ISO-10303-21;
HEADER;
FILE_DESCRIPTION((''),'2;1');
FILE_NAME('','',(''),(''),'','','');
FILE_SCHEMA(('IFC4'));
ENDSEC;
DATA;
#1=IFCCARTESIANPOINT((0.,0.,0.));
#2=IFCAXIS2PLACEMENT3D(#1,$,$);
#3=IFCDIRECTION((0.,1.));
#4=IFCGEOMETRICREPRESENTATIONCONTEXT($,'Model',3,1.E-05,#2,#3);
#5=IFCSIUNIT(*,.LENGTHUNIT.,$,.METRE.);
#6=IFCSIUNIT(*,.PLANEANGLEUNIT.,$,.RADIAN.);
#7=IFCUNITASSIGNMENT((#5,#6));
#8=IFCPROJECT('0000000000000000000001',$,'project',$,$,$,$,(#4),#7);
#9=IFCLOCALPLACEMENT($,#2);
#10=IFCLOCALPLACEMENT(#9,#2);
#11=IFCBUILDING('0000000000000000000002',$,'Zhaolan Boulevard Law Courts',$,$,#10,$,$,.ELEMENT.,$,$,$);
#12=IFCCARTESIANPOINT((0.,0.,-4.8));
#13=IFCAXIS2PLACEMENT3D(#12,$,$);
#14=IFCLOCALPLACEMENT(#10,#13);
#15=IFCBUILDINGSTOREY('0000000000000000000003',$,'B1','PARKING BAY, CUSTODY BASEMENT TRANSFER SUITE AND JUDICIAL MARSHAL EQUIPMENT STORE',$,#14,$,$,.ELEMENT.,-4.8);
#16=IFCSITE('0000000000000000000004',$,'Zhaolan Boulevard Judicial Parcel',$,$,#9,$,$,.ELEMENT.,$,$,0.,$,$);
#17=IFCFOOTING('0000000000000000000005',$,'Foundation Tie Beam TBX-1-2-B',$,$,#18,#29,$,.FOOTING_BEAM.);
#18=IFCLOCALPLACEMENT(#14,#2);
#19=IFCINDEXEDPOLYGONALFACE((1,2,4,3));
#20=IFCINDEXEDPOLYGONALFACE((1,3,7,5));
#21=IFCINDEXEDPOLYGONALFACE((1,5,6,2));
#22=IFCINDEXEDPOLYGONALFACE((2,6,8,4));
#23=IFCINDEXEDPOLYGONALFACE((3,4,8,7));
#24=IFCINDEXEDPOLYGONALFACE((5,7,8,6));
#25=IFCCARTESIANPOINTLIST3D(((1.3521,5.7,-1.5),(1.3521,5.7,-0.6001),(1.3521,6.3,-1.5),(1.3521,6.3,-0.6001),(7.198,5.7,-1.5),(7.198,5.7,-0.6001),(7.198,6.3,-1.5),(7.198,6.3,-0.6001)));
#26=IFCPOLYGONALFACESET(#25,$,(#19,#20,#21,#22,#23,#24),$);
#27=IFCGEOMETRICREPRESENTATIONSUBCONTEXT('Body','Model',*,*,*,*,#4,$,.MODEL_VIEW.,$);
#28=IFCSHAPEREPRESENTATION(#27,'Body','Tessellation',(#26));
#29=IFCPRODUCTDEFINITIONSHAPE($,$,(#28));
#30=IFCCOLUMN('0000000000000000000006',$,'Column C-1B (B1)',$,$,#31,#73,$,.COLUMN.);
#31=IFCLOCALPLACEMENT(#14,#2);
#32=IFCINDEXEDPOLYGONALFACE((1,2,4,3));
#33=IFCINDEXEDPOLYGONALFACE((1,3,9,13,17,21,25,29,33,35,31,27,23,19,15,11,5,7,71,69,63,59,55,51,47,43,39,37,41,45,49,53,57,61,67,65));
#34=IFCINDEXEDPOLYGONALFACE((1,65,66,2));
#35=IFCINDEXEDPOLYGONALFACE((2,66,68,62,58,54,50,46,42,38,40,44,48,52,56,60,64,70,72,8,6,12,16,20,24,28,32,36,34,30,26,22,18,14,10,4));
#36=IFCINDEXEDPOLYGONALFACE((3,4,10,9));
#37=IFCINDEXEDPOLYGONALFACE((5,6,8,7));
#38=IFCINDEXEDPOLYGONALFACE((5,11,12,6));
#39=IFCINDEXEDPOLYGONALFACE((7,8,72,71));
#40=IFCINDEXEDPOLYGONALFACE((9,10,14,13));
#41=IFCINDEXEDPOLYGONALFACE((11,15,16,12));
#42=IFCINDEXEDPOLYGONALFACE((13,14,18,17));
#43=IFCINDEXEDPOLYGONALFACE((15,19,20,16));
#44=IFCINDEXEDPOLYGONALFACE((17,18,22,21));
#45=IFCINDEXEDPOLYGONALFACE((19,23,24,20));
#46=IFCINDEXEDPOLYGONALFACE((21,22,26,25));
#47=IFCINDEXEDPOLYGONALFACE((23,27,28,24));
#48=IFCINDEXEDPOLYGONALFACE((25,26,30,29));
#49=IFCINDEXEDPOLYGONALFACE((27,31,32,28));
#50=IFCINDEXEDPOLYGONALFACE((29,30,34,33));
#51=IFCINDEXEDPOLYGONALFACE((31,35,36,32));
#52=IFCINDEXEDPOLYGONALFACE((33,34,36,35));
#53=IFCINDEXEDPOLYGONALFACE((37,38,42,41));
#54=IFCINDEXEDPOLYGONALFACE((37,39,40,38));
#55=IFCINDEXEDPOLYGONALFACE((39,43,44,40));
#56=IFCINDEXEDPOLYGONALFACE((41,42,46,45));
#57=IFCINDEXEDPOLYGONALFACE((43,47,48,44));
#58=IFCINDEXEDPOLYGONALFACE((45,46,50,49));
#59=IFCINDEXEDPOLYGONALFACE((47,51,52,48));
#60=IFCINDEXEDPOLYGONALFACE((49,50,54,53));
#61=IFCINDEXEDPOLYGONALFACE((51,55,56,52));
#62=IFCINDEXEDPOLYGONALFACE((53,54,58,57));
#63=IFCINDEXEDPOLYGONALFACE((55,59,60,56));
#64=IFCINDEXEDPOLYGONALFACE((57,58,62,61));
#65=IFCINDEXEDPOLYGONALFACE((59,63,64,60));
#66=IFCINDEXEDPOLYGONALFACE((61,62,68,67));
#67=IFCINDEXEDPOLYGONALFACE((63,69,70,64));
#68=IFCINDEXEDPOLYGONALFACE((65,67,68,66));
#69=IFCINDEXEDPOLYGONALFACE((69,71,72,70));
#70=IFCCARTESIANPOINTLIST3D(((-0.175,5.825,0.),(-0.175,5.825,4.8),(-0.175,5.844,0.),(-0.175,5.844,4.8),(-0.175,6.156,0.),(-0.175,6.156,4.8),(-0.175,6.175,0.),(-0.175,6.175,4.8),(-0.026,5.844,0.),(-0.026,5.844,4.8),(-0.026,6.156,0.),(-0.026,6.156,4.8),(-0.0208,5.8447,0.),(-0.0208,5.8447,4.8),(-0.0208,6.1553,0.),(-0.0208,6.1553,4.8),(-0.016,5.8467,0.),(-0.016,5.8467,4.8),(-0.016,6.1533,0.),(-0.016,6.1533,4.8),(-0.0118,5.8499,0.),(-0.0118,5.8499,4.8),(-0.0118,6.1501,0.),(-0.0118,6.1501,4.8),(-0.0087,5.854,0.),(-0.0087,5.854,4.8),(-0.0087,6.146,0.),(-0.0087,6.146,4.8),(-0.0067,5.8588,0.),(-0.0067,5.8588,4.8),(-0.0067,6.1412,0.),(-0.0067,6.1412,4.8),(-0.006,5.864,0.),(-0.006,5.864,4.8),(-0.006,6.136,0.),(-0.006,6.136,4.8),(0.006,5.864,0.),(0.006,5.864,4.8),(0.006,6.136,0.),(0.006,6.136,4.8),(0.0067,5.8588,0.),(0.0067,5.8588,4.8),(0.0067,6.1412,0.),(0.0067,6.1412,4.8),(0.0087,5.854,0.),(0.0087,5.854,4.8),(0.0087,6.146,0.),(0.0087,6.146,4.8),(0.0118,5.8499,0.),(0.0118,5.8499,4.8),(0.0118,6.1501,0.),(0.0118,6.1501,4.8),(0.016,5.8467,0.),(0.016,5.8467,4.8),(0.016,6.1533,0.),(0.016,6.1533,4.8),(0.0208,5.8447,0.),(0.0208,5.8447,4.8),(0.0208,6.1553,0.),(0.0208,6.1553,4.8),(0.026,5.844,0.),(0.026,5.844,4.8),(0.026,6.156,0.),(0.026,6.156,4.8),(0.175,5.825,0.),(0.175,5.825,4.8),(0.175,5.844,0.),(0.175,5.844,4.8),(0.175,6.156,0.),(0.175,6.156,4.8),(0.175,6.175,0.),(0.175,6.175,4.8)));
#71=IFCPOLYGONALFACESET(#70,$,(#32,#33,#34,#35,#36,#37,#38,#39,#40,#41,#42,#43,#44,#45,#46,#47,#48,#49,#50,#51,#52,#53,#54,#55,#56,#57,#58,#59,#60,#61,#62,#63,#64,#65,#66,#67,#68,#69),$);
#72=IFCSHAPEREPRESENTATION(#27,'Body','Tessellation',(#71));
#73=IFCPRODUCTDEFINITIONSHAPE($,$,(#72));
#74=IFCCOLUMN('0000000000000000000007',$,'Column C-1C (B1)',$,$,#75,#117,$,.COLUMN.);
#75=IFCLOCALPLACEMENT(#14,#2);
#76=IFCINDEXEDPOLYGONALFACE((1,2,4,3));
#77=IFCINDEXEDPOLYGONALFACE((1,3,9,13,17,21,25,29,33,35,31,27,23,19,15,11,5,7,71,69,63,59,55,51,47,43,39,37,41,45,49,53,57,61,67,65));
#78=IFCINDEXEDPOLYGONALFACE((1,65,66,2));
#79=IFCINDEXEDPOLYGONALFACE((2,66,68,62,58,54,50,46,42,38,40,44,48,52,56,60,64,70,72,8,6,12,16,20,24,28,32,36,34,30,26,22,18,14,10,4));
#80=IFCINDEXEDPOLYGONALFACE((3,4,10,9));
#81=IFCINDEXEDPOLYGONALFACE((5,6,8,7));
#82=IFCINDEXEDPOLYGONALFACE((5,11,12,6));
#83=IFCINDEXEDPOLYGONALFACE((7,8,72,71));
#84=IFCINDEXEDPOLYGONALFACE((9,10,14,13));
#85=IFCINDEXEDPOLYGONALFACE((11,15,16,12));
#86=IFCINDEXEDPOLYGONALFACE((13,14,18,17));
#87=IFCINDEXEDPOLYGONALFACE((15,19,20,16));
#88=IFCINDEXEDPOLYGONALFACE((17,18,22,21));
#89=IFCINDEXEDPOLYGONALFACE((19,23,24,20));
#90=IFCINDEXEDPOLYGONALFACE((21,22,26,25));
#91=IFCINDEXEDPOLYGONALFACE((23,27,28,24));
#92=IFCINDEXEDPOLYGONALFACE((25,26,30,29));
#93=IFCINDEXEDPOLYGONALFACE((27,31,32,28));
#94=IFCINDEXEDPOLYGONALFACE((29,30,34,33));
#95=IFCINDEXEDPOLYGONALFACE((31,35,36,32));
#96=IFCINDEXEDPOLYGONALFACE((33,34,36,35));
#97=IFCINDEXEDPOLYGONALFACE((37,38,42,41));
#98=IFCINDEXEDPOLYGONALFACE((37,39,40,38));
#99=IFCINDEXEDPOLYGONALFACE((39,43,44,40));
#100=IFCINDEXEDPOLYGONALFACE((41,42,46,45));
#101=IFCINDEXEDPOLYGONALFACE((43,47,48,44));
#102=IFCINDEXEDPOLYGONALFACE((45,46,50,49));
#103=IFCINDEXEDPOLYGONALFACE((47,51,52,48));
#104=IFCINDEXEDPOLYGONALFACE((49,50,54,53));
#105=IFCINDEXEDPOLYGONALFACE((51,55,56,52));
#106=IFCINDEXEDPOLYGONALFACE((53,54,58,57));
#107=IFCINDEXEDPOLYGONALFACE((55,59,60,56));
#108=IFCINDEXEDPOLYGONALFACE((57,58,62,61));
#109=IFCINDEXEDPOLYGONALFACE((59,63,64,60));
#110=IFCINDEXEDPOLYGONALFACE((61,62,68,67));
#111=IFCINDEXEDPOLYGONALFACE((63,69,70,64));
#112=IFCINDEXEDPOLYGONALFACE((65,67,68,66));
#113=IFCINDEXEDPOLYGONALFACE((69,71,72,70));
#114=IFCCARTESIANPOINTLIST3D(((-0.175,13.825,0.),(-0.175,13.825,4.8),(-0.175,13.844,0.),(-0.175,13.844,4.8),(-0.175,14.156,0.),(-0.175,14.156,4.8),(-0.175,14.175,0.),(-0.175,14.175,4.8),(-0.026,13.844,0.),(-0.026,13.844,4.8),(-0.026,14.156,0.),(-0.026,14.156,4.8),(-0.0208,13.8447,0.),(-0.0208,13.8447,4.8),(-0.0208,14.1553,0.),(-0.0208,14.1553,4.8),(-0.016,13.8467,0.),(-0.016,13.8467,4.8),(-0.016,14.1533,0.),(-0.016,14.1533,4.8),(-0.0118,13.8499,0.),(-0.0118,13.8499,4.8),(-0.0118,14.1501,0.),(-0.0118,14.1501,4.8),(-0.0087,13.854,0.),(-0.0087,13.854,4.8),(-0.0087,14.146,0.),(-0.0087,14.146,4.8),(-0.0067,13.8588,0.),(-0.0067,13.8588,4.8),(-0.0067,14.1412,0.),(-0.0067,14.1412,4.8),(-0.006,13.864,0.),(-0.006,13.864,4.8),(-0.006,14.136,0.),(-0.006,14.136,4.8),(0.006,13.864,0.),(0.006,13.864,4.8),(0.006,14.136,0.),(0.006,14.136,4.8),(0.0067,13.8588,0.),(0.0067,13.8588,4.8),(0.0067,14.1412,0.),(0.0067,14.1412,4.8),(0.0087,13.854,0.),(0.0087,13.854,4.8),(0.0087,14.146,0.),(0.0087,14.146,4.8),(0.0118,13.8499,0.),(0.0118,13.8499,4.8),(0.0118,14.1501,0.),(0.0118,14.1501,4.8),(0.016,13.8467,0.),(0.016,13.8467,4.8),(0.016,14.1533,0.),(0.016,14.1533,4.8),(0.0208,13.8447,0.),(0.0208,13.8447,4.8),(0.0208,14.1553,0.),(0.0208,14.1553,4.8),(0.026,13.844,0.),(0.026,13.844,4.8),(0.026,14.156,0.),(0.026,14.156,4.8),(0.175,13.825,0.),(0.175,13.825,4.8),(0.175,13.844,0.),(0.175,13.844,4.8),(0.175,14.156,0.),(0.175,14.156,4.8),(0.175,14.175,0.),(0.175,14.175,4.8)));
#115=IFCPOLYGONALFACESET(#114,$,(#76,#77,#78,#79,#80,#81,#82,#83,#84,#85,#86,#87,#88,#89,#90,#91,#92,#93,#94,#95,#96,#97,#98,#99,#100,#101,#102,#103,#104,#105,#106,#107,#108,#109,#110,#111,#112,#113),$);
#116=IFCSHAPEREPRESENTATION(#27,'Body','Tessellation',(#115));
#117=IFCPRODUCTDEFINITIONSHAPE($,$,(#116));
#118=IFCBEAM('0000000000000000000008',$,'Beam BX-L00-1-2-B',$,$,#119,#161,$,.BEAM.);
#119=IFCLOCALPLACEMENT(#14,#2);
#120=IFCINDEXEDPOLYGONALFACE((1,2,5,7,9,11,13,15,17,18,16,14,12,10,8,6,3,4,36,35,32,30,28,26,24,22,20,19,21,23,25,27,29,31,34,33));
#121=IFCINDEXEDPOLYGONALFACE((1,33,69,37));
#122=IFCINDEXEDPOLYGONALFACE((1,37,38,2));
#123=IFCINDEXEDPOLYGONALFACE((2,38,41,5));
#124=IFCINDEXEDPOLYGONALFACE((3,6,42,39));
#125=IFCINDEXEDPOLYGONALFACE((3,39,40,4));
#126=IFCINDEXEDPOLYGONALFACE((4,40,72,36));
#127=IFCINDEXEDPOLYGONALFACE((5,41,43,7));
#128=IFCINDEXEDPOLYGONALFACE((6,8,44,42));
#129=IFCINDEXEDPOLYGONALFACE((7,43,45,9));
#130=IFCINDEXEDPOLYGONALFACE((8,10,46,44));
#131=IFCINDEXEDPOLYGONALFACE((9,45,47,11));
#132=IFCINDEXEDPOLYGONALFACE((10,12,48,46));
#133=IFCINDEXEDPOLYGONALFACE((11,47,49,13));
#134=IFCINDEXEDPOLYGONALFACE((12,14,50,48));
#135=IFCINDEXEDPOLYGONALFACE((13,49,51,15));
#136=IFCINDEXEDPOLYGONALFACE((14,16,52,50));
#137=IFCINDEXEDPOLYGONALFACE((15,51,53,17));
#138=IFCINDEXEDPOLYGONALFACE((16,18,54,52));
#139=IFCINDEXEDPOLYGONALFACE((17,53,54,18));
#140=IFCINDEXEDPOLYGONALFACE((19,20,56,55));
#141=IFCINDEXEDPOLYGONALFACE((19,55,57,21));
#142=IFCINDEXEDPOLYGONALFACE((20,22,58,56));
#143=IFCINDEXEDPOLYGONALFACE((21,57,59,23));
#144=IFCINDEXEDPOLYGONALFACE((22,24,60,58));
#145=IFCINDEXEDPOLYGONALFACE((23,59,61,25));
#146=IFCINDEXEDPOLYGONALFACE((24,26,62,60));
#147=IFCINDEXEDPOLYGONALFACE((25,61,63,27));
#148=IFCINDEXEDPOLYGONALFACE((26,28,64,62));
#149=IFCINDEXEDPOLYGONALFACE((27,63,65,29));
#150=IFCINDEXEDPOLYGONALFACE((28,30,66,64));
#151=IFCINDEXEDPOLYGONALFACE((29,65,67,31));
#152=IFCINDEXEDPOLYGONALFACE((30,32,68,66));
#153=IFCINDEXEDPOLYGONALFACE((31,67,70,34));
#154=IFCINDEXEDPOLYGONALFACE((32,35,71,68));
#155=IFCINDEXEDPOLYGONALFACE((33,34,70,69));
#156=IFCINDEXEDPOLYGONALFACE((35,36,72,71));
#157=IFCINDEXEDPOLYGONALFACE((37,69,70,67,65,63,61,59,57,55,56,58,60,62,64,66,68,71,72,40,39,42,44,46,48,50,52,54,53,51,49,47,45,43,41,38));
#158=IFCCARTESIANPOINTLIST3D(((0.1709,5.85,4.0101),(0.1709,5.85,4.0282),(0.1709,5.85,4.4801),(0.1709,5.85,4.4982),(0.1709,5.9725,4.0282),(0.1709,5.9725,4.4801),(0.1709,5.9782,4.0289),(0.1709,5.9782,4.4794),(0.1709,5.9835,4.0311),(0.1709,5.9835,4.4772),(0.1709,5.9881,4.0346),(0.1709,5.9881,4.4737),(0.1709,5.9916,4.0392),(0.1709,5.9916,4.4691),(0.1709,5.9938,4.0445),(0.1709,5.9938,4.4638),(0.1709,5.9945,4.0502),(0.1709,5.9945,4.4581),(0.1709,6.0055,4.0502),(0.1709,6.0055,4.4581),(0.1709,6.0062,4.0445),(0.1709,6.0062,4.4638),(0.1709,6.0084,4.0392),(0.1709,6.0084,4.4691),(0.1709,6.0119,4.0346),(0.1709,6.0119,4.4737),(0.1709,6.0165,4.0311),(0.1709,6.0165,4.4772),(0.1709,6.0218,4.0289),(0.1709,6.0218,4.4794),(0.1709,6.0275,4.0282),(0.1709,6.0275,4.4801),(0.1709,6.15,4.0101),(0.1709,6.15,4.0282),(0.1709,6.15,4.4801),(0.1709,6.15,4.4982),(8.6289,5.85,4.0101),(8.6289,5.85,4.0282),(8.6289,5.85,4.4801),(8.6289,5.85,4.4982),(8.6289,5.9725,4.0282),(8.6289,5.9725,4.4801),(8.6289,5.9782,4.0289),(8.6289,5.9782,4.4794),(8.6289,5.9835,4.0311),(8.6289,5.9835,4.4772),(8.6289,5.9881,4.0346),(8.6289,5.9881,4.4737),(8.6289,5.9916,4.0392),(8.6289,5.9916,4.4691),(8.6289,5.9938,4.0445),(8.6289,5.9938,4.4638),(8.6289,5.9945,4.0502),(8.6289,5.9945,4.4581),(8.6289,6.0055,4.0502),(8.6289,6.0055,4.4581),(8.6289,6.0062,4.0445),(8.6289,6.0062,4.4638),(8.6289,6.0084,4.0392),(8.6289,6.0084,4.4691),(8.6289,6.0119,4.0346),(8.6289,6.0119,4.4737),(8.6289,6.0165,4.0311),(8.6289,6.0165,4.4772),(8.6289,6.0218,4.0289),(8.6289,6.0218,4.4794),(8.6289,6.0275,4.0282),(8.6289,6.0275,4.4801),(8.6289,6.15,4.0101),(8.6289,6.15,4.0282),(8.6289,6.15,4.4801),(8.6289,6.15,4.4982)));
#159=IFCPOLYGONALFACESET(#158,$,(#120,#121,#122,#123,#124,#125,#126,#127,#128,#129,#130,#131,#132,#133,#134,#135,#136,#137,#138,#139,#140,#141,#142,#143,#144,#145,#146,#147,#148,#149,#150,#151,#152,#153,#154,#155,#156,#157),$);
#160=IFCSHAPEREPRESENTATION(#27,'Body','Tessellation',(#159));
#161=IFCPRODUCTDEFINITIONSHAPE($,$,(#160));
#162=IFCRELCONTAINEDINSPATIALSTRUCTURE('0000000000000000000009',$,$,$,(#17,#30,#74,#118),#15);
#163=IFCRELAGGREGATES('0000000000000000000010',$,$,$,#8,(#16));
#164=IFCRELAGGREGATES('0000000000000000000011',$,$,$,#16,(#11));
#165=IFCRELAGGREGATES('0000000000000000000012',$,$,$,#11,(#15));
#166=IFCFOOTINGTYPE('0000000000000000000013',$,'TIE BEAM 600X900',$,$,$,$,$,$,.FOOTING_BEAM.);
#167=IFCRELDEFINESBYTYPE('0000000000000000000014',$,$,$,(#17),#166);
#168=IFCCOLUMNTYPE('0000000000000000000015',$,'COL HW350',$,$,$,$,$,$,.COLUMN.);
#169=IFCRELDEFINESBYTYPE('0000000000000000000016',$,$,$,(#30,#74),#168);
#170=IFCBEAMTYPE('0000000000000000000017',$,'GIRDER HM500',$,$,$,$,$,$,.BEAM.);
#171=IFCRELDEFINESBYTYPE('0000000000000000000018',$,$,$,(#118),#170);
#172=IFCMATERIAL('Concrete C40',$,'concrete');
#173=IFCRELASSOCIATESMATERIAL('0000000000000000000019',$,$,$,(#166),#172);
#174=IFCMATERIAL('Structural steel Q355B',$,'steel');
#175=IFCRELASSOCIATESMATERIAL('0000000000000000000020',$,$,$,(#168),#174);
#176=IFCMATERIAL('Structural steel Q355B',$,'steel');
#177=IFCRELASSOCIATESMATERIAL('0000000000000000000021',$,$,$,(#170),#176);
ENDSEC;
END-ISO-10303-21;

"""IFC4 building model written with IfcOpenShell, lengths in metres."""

from ifc_helpers import new_model, si_unit, direction, frame, origin, origin_2d, place, context, subcontext, project, spatial, rectangle, i_section, extrude, material, material_profile, profile_set, type_object, element, save


model = new_model("IFC4")

# Units and contexts
model_context = context("Model", 3, precision=1e-05, world=origin(), true_north=direction((0.0, 1.0)))
body_context = subcontext(model_context, "Body", "Model", "MODEL_VIEW")
ifc_project = project(units=[si_unit("LENGTHUNIT", "METRE"), si_unit("PLANEANGLEUNIT", "RADIAN")], contexts=[model_context])

# Site, building, storey
site_placement = place(None, origin())
site = spatial("IfcSite", under=ifc_project, at=site_placement, Name="Zhaolan Boulevard Judicial Parcel", CompositionType="ELEMENT", RefElevation=0.0)
building_placement = place(site_placement, origin())
building = spatial("IfcBuilding", under=site, at=building_placement, Name="Zhaolan Boulevard Law Courts", CompositionType="ELEMENT")
storey_placement = place(building_placement, frame((0.0, 0.0, -4.8)))
storey = spatial("IfcBuildingStorey", under=building, at=storey_placement, Name="B1", Description="PARKING BAY, CUSTODY BASEMENT TRANSFER SUITE AND JUDICIAL MARSHAL EQUIPMENT STORE", CompositionType="ELEMENT", Elevation=-4.8)

# Footing
ifc_material_1 = material(Name="Concrete C40", Category="concrete")
ifc_material_profile_1 = material_profile(ifc_material_1, rectangle(XDim=0.6001, YDim=0.8999, at=origin_2d()), Name="RC600x900")
ifc_profile_set_1 = profile_set([ifc_material_profile_1], Name="Concrete C40")
footing_type_1 = type_object("IfcFootingType", Name="TIE BEAM 600X900", PredefinedType="FOOTING_BEAM", material=ifc_profile_set_1)
footing_1_placement = place(storey_placement, frame((1.3521, 6.0, -1.05), z_axis=(1.0, 0.0, 0.0), x_axis=(0.0, 1.0, 0.0)))
element("IfcFooting", 1, at=footing_1_placement, inside=storey, type_object=footing_type_1, Name="Foundation Tie Beam TBX-1-2-B", PredefinedType="FOOTING_BEAM", context=body_context, shape_type="SweptSolid", body=[
    extrude(rectangle(XDim=0.6001, YDim=0.8999, at=origin_2d()), origin(), (0.0, 0.0, 1.0), 5.8459),
])

# Columns
ifc_material_2 = material(Name="Structural steel Q355B", Category="steel")
ifc_material_profile_2 = material_profile(ifc_material_2, i_section(OverallWidth=0.3501, OverallDepth=0.3501, WebThickness=0.012, FlangeThickness=0.019, FilletRadius=0.02, at=origin_2d()), Name="HW350x350")
ifc_profile_set_2 = profile_set([ifc_material_profile_2], Name="Structural steel Q355B")
column_type = type_object("IfcColumnType", Name="COL HW350", PredefinedType="COLUMN", material=ifc_profile_set_2)
for number, where, z_axis, x_axis, name in (
    (2, (0.0, 6.0, 0.0), (0.0, 0.0, 1.0), (1.0, 0.0, 0.0), "Column C-1B (B1)"),
    (3, (0.0, 14.0, 0.0), (0.0, 0.0, 1.0), (1.0, 0.0, 0.0), "Column C-1C (B1)"),
):
    element("IfcColumn", number, at=place(storey_placement, frame(where, z_axis=z_axis, x_axis=x_axis)), inside=storey, type_object=column_type, Name=name, PredefinedType="COLUMN", context=body_context, shape_type="SweptSolid", body=[
        extrude(i_section(OverallWidth=0.3501, OverallDepth=0.3501, WebThickness=0.012, FlangeThickness=0.019, FilletRadius=0.02, at=origin_2d()), origin(), (0.0, 0.0, 1.0), 4.8),
    ])

# Beam
ifc_material_3 = material(Name="Structural steel Q355B", Category="steel")
ifc_material_profile_3 = material_profile(ifc_material_3, i_section(OverallWidth=0.3, OverallDepth=0.488, WebThickness=0.011, FlangeThickness=0.0181, FilletRadius=0.022, at=origin_2d()), Name="HM488x300")
ifc_profile_set_3 = profile_set([ifc_material_profile_3], Name="Structural steel Q355B")
beam_type_1 = type_object("IfcBeamType", Name="GIRDER HM500", PredefinedType="BEAM", material=ifc_profile_set_3)
beam_1_placement = place(storey_placement, frame((0.1709, 6.0, 4.2542), z_axis=(1.0, 0.0, 0.0), x_axis=(0.0, 1.0, 0.0)))
element("IfcBeam", 4, at=beam_1_placement, inside=storey, type_object=beam_type_1, Name="Beam BX-L00-1-2-B", PredefinedType="BEAM", context=body_context, shape_type="SweptSolid", body=[
    extrude(i_section(OverallWidth=0.3, OverallDepth=0.488, WebThickness=0.011, FlangeThickness=0.0181, FilletRadius=0.022, at=origin_2d()), origin(), (0.0, 0.0, 1.0), 8.458),
])

save(model, "model.ifc")
